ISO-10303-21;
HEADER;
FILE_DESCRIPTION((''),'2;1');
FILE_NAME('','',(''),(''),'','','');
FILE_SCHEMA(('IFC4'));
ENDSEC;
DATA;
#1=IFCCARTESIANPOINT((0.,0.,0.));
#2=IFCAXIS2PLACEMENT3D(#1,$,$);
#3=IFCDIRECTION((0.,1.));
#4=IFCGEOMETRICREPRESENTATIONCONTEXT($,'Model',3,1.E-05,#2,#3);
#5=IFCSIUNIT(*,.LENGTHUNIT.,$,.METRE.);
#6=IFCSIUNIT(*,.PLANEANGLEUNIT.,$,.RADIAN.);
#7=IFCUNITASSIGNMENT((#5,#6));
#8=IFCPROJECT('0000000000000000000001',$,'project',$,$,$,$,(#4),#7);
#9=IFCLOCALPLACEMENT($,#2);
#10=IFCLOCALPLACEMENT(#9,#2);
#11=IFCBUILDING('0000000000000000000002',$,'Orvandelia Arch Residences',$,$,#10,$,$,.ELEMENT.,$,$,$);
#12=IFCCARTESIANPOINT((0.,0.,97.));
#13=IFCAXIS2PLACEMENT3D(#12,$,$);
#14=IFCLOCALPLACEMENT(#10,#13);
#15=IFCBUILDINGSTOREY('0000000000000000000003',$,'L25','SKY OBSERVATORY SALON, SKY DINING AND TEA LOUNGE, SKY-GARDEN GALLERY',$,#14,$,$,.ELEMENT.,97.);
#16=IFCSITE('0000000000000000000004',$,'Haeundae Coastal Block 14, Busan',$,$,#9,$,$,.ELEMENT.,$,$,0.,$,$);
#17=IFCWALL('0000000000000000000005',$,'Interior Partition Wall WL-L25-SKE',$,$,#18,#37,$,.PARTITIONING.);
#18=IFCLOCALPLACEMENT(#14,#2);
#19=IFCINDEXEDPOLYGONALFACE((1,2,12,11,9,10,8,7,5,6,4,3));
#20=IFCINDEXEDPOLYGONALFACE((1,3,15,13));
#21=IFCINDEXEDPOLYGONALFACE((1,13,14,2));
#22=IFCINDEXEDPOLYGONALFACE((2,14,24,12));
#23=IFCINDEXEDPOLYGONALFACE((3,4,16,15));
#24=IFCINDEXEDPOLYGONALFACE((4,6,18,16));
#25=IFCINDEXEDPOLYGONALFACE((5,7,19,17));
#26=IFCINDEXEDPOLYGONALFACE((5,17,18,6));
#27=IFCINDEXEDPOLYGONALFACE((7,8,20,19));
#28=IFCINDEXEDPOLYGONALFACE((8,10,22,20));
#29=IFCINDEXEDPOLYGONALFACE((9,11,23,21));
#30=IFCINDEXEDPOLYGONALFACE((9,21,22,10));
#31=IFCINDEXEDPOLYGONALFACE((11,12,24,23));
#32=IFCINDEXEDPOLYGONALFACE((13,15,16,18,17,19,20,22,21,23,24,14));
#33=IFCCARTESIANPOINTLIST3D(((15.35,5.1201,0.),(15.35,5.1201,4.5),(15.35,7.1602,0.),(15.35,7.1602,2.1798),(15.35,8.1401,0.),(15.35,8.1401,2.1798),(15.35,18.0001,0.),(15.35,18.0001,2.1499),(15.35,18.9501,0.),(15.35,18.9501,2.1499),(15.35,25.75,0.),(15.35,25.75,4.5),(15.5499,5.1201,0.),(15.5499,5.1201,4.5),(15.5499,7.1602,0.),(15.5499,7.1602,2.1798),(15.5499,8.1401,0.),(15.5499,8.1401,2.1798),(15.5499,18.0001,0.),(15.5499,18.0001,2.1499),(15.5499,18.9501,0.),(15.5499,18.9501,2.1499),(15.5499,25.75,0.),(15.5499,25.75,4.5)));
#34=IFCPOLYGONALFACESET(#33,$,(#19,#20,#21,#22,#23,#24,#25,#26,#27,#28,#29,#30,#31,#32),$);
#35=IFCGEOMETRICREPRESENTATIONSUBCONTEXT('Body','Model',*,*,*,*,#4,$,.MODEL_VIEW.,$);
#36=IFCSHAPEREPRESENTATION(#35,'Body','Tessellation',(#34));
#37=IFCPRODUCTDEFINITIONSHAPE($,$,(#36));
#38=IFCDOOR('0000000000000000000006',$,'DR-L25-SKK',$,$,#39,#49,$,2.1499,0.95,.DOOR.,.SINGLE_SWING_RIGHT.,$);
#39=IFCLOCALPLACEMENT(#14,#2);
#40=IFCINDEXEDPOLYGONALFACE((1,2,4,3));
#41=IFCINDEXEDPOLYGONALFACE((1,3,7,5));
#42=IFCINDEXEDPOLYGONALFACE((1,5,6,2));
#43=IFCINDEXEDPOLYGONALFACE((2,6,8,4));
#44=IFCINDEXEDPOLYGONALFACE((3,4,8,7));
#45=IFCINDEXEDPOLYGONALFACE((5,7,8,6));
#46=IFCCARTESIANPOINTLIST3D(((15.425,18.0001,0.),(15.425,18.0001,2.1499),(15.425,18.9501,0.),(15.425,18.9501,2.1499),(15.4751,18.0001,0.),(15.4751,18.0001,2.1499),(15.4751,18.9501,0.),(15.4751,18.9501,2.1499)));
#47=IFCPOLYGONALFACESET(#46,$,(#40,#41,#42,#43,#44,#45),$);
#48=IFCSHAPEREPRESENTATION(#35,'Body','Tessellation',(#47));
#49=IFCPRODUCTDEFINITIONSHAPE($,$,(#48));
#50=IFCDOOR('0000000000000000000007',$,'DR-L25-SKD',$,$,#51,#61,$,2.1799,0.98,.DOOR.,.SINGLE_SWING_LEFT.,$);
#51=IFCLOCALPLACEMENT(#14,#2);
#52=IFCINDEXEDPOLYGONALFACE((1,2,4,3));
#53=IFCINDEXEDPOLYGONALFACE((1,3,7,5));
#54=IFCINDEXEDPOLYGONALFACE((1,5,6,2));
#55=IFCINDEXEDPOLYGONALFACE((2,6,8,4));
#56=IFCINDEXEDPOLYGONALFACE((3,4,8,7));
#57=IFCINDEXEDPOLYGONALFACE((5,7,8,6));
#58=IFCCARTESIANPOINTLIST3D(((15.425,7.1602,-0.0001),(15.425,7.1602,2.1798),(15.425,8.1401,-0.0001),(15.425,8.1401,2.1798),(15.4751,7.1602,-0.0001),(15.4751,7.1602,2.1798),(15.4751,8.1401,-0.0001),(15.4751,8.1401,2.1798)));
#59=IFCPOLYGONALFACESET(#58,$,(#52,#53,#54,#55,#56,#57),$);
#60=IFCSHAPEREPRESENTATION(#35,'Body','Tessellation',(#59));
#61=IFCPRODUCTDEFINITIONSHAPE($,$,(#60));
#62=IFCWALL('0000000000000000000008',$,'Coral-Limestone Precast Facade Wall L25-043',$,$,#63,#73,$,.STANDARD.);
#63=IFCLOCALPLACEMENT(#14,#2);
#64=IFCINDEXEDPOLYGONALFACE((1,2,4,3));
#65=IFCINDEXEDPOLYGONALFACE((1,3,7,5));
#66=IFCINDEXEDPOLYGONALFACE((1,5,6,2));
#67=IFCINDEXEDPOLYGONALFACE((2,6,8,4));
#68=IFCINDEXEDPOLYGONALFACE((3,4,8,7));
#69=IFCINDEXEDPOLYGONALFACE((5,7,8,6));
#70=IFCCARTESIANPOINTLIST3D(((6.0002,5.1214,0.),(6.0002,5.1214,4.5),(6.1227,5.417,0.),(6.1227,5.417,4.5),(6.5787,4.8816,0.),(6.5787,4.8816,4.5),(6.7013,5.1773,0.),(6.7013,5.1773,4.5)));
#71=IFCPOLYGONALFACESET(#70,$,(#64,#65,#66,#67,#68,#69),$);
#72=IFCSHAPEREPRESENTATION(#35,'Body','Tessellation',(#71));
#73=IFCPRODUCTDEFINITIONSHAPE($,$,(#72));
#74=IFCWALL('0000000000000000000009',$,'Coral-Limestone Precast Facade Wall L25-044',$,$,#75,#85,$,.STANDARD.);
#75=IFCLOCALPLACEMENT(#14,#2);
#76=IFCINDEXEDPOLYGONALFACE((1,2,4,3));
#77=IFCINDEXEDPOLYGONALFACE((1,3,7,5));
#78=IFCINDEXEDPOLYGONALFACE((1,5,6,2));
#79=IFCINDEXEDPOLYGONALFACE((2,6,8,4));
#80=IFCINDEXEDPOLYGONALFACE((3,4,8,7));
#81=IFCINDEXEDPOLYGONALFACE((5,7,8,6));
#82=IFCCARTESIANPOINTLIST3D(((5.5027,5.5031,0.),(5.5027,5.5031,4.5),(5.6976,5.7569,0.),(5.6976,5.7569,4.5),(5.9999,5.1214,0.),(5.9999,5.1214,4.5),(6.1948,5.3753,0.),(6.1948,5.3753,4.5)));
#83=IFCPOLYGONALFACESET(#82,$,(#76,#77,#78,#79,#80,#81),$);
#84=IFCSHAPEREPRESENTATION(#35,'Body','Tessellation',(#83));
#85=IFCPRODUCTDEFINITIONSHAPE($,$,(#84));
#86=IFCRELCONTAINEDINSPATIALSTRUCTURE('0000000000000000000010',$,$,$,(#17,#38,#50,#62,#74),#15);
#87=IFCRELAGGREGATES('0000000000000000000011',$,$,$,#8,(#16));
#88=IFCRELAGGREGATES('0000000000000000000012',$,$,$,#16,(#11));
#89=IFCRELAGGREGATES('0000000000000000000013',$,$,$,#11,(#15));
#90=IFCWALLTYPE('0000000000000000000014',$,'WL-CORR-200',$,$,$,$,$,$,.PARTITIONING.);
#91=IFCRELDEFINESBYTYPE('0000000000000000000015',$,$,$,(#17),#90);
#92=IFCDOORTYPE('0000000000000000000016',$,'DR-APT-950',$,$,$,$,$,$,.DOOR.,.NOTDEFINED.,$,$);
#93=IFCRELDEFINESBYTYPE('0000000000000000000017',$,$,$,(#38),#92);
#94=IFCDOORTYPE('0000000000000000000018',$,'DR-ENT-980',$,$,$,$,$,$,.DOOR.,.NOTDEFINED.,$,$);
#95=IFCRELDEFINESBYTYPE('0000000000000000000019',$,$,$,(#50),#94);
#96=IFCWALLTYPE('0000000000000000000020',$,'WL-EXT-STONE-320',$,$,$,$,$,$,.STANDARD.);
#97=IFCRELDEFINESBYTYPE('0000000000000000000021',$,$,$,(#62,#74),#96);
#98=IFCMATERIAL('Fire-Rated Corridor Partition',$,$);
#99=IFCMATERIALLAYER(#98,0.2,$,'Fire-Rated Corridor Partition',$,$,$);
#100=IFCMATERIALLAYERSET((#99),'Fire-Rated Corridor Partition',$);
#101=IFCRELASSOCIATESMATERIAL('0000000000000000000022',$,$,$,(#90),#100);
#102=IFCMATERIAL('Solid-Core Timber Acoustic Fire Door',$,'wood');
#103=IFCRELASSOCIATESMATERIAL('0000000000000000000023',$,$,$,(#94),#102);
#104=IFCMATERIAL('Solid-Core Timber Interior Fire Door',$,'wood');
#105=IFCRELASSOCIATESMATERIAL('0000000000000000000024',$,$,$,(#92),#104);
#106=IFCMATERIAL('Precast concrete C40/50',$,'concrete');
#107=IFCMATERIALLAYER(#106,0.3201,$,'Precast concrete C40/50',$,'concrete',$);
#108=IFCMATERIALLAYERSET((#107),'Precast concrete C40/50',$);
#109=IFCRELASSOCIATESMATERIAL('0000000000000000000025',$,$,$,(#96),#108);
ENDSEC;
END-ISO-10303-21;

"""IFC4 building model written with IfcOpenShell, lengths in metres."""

from ifc_helpers import new_model, si_unit, direction, frame, frame_2d, origin, place, context, subcontext, project, spatial, rectangle, extrude, material, layer, layer_set, type_object, element, fill, save


model = new_model("IFC4")

# Units and contexts
model_context = context("Model", 3, precision=1e-05, world=origin(), true_north=direction((0.0, 1.0)))
body_context = subcontext(model_context, "Body", "Model", "MODEL_VIEW")
ifc_project = project(units=[si_unit("LENGTHUNIT", "METRE"), si_unit("PLANEANGLEUNIT", "RADIAN")], contexts=[model_context])

# Site, building, storey
site_placement = place(None, origin())
site = spatial("IfcSite", under=ifc_project, at=site_placement, Name="Haeundae Coastal Block 14, Busan", CompositionType="ELEMENT", RefElevation=0.0)
building_placement = place(site_placement, origin())
building = spatial("IfcBuilding", under=site, at=building_placement, Name="Orvandelia Arch Residences", CompositionType="ELEMENT")
storey_placement = place(building_placement, frame((0.0, 0.0, 97.0)))
storey = spatial("IfcBuildingStorey", under=building, at=storey_placement, Name="L25", Description="SKY OBSERVATORY SALON, SKY DINING AND TEA LOUNGE, SKY-GARDEN GALLERY", CompositionType="ELEMENT", Elevation=97.0)

# Wall, openings, doors
ifc_material_1 = material(Name="Fire-Rated Corridor Partition")
ifc_layer_1 = layer(ifc_material_1, 0.2, Name="Fire-Rated Corridor Partition")
ifc_layer_set_1 = layer_set([ifc_layer_1], Name="Fire-Rated Corridor Partition")
wall_type_1 = type_object("IfcWallType", Name="WL-CORR-200", PredefinedType="PARTITIONING", material=ifc_layer_set_1)
ifc_material_2 = material(Name="Solid-Core Timber Acoustic Fire Door", Category="wood")
door_type_1 = type_object("IfcDoorType", Name="DR-ENT-980", OperationType="NOTDEFINED", PredefinedType="DOOR", material=ifc_material_2)
wall_1_placement = place(storey_placement, frame((15.45, 5.1201, 0.0), z_axis=(0.0, 0.0, 1.0), x_axis=(0.0, 1.0, 0.0)))
wall_1 = element("IfcWall", 1, at=wall_1_placement, inside=storey, type_object=wall_type_1, Name="Interior Partition Wall WL-L25-SKE", PredefinedType="PARTITIONING", context=body_context, shape_type="SweptSolid", body=[
    extrude(rectangle(XDim=20.6299, YDim=0.2, at=frame_2d((10.3149, 0.0))), origin(), (0.0, 0.0, 1.0), 4.5),
])
opening_1_placement = place(wall_1_placement, frame((2.04, 0.0, 0.0)))
opening_1 = element("IfcOpeningElement", 2, at=opening_1_placement, cuts=wall_1, PredefinedType="OPENING", context=body_context, shape_type="SweptSolid", body=[
    extrude(rectangle(XDim=0.98, YDim=2.1799, at=frame_2d((0.49, 1.0898))), frame((0.0, 0.1099, 0.0), z_axis=(0.0, -1.0, 0.0), x_axis=(1.0, 0.0, 0.0)), (0.0, 0.0, 1.0), 0.22),
])
opening_2_placement = place(wall_1_placement, frame((12.8799, 0.0, 0.0)))
opening_2 = element("IfcOpeningElement", 3, at=opening_2_placement, cuts=wall_1, PredefinedType="OPENING", context=body_context, shape_type="SweptSolid", body=[
    extrude(rectangle(XDim=0.95, YDim=2.1499, at=frame_2d((0.4751, 1.075))), frame((0.0, 0.1099, 0.0), z_axis=(0.0, -1.0, 0.0), x_axis=(1.0, 0.0, 0.0)), (0.0, 0.0, 1.0), 0.22),
])
ifc_material_3 = material(Name="Solid-Core Timber Interior Fire Door", Category="wood")
door_type_2 = type_object("IfcDoorType", Name="DR-APT-950", OperationType="NOTDEFINED", PredefinedType="DOOR", material=ifc_material_3)
door_1_placement = place(opening_2_placement, origin())
door_1 = element("IfcDoor", 4, at=door_1_placement, inside=storey, type_object=door_type_2, Name="DR-L25-SKK", OperationType="SINGLE_SWING_RIGHT", OverallHeight=2.1499, OverallWidth=0.95, PredefinedType="DOOR", context=body_context, shape_type="SweptSolid", body=[
    extrude(rectangle(XDim=0.95, YDim=2.1499, at=frame_2d((0.4751, 1.075))), frame((0.0, 0.0249, 0.0), z_axis=(0.0, -1.0, 0.0), x_axis=(1.0, 0.0, 0.0)), (0.0, 0.0, 1.0), 0.05),
])
fill(opening_2, door_1)
door_2_placement = place(opening_1_placement, origin())
door_2 = element("IfcDoor", 5, at=door_2_placement, inside=storey, type_object=door_type_1, Name="DR-L25-SKD", OperationType="SINGLE_SWING_LEFT", OverallHeight=2.1799, OverallWidth=0.98, PredefinedType="DOOR", context=body_context, shape_type="SweptSolid", body=[
    extrude(rectangle(XDim=0.98, YDim=2.1799, at=frame_2d((0.49, 1.0898))), frame((0.0, 0.0249, 0.0), z_axis=(0.0, -1.0, 0.0), x_axis=(1.0, 0.0, 0.0)), (0.0, 0.0, 1.0), 0.05),
])
fill(opening_1, door_2)

# Walls
ifc_material_4 = material(Name="Precast concrete C40/50", Category="concrete")
ifc_layer_2 = layer(ifc_material_4, 0.3201, Name="Precast concrete C40/50", Category="concrete")
ifc_layer_set_2 = layer_set([ifc_layer_2], Name="Precast concrete C40/50")
wall_type_2 = type_object("IfcWallType", Name="WL-EXT-STONE-320", PredefinedType="STANDARD", material=ifc_layer_set_2)
wall_2_placement = place(storey_placement, frame((6.6399, 5.0295, 0.0), z_axis=(0.0, 0.0, 1.0), x_axis=(-0.923836, 0.382788, 0.0)))
element("IfcWall", 6, at=wall_2_placement, inside=storey, type_object=wall_type_2, Name="Coral-Limestone Precast Facade Wall L25-043", PredefinedType="STANDARD", context=body_context, shape_type="SweptSolid", body=[
    extrude(rectangle(XDim=0.6262, YDim=0.3201, at=frame_2d((0.313, 0.0))), origin(), (0.0, 0.0, 1.0), 4.5),
])
wall_3_placement = place(storey_placement, frame((6.0974, 5.2483, 0.0), z_axis=(0.0, 0.0, 1.0), x_axis=(-0.793217, 0.608939, 0.0)))
element("IfcWall", 7, at=wall_3_placement, inside=storey, type_object=wall_type_2, Name="Coral-Limestone Precast Facade Wall L25-044", PredefinedType="STANDARD", context=body_context, shape_type="SweptSolid", body=[
    extrude(rectangle(XDim=0.6267, YDim=0.3201, at=frame_2d((0.3135, 0.0))), origin(), (0.0, 0.0, 1.0), 4.5),
])

save(model, "model.ifc")
